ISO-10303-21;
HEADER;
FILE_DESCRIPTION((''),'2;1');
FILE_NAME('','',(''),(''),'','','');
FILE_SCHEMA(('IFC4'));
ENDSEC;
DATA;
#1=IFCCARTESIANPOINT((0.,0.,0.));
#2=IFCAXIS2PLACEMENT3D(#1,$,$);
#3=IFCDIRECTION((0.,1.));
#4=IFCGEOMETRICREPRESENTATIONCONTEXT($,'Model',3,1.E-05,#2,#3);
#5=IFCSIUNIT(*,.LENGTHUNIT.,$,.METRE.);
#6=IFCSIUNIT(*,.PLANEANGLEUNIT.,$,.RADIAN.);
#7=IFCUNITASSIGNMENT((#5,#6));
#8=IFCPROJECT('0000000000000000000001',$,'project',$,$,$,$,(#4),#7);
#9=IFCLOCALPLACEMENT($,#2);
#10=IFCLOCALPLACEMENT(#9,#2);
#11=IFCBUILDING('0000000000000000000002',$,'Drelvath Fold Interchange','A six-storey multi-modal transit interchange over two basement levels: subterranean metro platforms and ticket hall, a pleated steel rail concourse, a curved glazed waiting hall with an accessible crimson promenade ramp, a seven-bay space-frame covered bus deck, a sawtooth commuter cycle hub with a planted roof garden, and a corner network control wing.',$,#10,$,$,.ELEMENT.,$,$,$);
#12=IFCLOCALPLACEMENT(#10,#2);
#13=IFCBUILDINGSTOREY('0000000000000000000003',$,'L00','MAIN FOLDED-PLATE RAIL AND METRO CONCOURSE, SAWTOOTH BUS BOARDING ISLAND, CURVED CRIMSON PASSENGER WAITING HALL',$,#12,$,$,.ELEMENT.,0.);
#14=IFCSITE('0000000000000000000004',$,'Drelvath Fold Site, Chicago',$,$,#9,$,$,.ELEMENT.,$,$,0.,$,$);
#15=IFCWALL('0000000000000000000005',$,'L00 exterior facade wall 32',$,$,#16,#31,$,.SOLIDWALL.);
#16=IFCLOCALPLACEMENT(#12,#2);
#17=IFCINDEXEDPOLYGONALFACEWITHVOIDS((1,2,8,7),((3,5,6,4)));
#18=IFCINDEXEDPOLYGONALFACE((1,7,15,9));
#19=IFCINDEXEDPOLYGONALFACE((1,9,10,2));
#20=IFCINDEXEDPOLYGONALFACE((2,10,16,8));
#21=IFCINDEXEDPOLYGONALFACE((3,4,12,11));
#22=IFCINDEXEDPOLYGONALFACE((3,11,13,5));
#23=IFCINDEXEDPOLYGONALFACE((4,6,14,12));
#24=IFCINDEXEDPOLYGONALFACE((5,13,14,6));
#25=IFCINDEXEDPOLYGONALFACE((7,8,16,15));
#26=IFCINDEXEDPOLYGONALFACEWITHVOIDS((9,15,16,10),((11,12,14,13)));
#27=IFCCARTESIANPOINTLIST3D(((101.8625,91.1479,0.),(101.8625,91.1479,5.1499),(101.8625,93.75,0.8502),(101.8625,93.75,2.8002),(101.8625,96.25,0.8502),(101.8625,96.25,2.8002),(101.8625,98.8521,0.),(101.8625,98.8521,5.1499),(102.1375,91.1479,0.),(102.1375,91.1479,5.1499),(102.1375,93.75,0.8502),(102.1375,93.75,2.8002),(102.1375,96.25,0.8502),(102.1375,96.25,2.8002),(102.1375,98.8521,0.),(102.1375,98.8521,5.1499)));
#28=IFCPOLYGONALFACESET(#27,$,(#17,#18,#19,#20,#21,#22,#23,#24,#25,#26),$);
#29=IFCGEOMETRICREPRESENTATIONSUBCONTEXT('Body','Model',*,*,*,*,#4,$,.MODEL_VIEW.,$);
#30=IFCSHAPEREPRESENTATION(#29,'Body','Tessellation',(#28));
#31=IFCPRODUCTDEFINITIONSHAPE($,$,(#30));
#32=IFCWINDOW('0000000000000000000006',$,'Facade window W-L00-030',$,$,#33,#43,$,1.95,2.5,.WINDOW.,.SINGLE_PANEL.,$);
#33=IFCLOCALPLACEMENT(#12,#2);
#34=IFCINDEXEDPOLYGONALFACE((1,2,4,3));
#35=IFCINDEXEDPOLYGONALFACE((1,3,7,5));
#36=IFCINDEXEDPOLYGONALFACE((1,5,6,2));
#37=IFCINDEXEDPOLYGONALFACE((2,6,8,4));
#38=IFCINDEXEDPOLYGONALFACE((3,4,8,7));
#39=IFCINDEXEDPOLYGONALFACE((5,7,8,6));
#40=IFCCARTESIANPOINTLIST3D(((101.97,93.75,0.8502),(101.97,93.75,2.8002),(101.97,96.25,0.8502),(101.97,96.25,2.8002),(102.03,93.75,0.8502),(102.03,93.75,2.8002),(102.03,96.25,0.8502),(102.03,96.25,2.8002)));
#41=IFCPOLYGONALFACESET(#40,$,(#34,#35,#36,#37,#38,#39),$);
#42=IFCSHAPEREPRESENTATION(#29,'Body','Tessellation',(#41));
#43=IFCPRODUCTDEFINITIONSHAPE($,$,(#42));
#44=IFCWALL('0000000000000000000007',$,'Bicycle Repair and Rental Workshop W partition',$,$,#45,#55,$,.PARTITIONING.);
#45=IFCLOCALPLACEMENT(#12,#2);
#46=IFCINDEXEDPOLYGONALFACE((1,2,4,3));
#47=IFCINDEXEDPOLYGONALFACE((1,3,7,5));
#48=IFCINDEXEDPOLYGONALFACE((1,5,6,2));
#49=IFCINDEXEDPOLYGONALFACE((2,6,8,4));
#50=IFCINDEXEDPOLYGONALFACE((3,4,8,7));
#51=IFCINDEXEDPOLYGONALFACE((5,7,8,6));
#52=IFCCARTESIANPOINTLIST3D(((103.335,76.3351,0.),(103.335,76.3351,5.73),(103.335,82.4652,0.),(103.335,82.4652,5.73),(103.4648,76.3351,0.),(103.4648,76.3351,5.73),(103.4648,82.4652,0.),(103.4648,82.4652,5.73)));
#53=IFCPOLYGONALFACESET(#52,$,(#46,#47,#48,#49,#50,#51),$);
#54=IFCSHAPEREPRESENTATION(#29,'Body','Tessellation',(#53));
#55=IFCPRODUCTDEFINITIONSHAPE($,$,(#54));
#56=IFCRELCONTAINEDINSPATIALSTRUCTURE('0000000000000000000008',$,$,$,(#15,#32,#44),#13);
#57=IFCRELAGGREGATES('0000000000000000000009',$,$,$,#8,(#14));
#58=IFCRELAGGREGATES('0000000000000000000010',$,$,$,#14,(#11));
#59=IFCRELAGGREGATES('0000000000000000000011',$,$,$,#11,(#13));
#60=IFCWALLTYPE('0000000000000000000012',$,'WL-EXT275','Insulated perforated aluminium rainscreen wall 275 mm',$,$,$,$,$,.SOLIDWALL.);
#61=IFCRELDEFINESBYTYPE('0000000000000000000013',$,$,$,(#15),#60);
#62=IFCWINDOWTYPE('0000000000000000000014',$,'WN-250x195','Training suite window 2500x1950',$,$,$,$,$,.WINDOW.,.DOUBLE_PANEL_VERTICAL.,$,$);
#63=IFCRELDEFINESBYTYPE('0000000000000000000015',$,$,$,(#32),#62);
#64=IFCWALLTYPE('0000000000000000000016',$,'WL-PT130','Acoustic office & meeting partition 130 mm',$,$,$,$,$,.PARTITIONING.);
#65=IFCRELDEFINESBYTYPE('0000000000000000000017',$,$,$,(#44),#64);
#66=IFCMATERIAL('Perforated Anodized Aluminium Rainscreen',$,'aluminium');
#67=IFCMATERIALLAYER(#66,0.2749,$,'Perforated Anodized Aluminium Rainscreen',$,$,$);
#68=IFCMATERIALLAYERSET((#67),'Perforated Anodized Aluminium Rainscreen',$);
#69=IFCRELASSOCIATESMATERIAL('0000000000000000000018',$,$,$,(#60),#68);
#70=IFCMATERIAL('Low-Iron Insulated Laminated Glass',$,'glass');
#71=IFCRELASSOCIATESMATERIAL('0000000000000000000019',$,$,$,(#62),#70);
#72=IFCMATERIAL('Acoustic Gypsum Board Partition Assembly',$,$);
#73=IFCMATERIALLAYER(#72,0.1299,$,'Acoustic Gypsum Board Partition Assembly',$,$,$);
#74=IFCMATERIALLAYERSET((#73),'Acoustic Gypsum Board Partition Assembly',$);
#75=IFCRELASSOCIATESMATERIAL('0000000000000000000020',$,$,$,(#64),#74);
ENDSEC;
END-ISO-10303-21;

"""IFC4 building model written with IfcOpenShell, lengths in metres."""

from ifc_helpers import new_model, si_unit, direction, frame, frame_2d, origin, place, context, subcontext, project, spatial, rectangle, extrude, material, layer, layer_set, type_object, element, fill, save


model = new_model("IFC4")

# Units and contexts
model_context = context("Model", 3, precision=1e-05, world=origin(), true_north=direction((0.0, 1.0)))
body_context = subcontext(model_context, "Body", "Model", "MODEL_VIEW")
ifc_project = project(units=[si_unit("LENGTHUNIT", "METRE"), si_unit("PLANEANGLEUNIT", "RADIAN")], contexts=[model_context])

# Site, building, storey
site_placement = place(None, origin())
site = spatial("IfcSite", under=ifc_project, at=site_placement, Name="Drelvath Fold Site, Chicago", CompositionType="ELEMENT", RefElevation=0.0)
building_placement = place(site_placement, origin())
building = spatial("IfcBuilding", under=site, at=building_placement, Name="Drelvath Fold Interchange", Description="A six-storey multi-modal transit interchange over two basement levels: subterranean metro platforms and ticket hall, a pleated steel rail concourse, a curved glazed waiting hall with an accessible crimson promenade ramp, a seven-bay space-frame covered bus deck, a sawtooth commuter cycle hub with a planted roof garden, and a corner network control wing.", CompositionType="ELEMENT")
storey_placement = place(building_placement, origin())
storey = spatial("IfcBuildingStorey", under=building, at=storey_placement, Name="L00", Description="MAIN FOLDED-PLATE RAIL AND METRO CONCOURSE, SAWTOOTH BUS BOARDING ISLAND, CURVED CRIMSON PASSENGER WAITING HALL", CompositionType="ELEMENT", Elevation=0.0)

# Wall, opening, window
ifc_material_1 = material(Name="Perforated Anodized Aluminium Rainscreen", Category="aluminium")
ifc_layer_1 = layer(ifc_material_1, 0.2749, Name="Perforated Anodized Aluminium Rainscreen")
ifc_layer_set_1 = layer_set([ifc_layer_1], Name="Perforated Anodized Aluminium Rainscreen")
wall_type_1 = type_object("IfcWallType", Name="WL-EXT275", Description="Insulated perforated aluminium rainscreen wall 275 mm", PredefinedType="SOLIDWALL", material=ifc_layer_set_1)
ifc_material_2 = material(Name="Low-Iron Insulated Laminated Glass", Category="glass")
wall_1_placement = place(storey_placement, frame((102.0, 91.1479, 0.0), z_axis=(0.0, 0.0, 1.0), x_axis=(0.0, 1.0, 0.0)))
wall_1 = element("IfcWall", 1, at=wall_1_placement, inside=storey, type_object=wall_type_1, Name="L00 exterior facade wall 32", PredefinedType="SOLIDWALL", context=body_context, shape_type="SweptSolid", body=[
    extrude(rectangle(XDim=7.7041, YDim=0.2749, at=frame_2d((3.8521, 0.0))), origin(), (0.0, 0.0, 1.0), 5.1499),
])
opening_1_placement = place(wall_1_placement, frame((2.6021, 0.0, 0.8501)))
opening_1 = element("IfcOpeningElement", 2, at=opening_1_placement, cuts=wall_1, PredefinedType="OPENING", context=body_context, shape_type="SweptSolid", body=[
    extrude(rectangle(XDim=2.5, YDim=1.95, at=frame_2d((1.25, 0.9751))), frame((0.0, 0.1475, 0.0), z_axis=(0.0, -1.0, 0.0), x_axis=(1.0, 0.0, 0.0)), (0.0, 0.0, 1.0), 0.2949),
])
window_type_1 = type_object("IfcWindowType", Name="WN-250x195", Description="Training suite window 2500x1950", PartitioningType="DOUBLE_PANEL_VERTICAL", PredefinedType="WINDOW", material=ifc_material_2)
window_1_placement = place(opening_1_placement, origin())
window_1 = element("IfcWindow", 3, at=window_1_placement, inside=storey, type_object=window_type_1, Name="Facade window W-L00-030", OverallHeight=1.95, OverallWidth=2.5, PartitioningType="SINGLE_PANEL", PredefinedType="WINDOW", context=body_context, shape_type="SweptSolid", body=[
    extrude(rectangle(XDim=2.5, YDim=1.95, at=frame_2d((1.25, 0.9751))), frame((0.0, 0.03, 0.0), z_axis=(0.0, -1.0, 0.0), x_axis=(1.0, 0.0, 0.0)), (0.0, 0.0, 1.0), 0.0601),
])
fill(opening_1, window_1)

# Wall
ifc_material_3 = material(Name="Acoustic Gypsum Board Partition Assembly")
ifc_layer_2 = layer(ifc_material_3, 0.1299, Name="Acoustic Gypsum Board Partition Assembly")
ifc_layer_set_2 = layer_set([ifc_layer_2], Name="Acoustic Gypsum Board Partition Assembly")
wall_type_2 = type_object("IfcWallType", Name="WL-PT130", Description="Acoustic office & meeting partition 130 mm", PredefinedType="PARTITIONING", material=ifc_layer_set_2)
wall_2_placement = place(storey_placement, frame((103.3999, 82.4651, 0.0), z_axis=(0.0, 0.0, 1.0), x_axis=(0.0, -1.0, 0.0)))
element("IfcWall", 4, at=wall_2_placement, inside=storey, type_object=wall_type_2, Name="Bicycle Repair and Rental Workshop W partition", PredefinedType="PARTITIONING", context=body_context, shape_type="SweptSolid", body=[
    extrude(rectangle(XDim=6.1301, YDim=0.1299, at=frame_2d((3.0649, 0.0))), origin(), (0.0, 0.0, 1.0), 5.73),
])

save(model, "model.ifc")
